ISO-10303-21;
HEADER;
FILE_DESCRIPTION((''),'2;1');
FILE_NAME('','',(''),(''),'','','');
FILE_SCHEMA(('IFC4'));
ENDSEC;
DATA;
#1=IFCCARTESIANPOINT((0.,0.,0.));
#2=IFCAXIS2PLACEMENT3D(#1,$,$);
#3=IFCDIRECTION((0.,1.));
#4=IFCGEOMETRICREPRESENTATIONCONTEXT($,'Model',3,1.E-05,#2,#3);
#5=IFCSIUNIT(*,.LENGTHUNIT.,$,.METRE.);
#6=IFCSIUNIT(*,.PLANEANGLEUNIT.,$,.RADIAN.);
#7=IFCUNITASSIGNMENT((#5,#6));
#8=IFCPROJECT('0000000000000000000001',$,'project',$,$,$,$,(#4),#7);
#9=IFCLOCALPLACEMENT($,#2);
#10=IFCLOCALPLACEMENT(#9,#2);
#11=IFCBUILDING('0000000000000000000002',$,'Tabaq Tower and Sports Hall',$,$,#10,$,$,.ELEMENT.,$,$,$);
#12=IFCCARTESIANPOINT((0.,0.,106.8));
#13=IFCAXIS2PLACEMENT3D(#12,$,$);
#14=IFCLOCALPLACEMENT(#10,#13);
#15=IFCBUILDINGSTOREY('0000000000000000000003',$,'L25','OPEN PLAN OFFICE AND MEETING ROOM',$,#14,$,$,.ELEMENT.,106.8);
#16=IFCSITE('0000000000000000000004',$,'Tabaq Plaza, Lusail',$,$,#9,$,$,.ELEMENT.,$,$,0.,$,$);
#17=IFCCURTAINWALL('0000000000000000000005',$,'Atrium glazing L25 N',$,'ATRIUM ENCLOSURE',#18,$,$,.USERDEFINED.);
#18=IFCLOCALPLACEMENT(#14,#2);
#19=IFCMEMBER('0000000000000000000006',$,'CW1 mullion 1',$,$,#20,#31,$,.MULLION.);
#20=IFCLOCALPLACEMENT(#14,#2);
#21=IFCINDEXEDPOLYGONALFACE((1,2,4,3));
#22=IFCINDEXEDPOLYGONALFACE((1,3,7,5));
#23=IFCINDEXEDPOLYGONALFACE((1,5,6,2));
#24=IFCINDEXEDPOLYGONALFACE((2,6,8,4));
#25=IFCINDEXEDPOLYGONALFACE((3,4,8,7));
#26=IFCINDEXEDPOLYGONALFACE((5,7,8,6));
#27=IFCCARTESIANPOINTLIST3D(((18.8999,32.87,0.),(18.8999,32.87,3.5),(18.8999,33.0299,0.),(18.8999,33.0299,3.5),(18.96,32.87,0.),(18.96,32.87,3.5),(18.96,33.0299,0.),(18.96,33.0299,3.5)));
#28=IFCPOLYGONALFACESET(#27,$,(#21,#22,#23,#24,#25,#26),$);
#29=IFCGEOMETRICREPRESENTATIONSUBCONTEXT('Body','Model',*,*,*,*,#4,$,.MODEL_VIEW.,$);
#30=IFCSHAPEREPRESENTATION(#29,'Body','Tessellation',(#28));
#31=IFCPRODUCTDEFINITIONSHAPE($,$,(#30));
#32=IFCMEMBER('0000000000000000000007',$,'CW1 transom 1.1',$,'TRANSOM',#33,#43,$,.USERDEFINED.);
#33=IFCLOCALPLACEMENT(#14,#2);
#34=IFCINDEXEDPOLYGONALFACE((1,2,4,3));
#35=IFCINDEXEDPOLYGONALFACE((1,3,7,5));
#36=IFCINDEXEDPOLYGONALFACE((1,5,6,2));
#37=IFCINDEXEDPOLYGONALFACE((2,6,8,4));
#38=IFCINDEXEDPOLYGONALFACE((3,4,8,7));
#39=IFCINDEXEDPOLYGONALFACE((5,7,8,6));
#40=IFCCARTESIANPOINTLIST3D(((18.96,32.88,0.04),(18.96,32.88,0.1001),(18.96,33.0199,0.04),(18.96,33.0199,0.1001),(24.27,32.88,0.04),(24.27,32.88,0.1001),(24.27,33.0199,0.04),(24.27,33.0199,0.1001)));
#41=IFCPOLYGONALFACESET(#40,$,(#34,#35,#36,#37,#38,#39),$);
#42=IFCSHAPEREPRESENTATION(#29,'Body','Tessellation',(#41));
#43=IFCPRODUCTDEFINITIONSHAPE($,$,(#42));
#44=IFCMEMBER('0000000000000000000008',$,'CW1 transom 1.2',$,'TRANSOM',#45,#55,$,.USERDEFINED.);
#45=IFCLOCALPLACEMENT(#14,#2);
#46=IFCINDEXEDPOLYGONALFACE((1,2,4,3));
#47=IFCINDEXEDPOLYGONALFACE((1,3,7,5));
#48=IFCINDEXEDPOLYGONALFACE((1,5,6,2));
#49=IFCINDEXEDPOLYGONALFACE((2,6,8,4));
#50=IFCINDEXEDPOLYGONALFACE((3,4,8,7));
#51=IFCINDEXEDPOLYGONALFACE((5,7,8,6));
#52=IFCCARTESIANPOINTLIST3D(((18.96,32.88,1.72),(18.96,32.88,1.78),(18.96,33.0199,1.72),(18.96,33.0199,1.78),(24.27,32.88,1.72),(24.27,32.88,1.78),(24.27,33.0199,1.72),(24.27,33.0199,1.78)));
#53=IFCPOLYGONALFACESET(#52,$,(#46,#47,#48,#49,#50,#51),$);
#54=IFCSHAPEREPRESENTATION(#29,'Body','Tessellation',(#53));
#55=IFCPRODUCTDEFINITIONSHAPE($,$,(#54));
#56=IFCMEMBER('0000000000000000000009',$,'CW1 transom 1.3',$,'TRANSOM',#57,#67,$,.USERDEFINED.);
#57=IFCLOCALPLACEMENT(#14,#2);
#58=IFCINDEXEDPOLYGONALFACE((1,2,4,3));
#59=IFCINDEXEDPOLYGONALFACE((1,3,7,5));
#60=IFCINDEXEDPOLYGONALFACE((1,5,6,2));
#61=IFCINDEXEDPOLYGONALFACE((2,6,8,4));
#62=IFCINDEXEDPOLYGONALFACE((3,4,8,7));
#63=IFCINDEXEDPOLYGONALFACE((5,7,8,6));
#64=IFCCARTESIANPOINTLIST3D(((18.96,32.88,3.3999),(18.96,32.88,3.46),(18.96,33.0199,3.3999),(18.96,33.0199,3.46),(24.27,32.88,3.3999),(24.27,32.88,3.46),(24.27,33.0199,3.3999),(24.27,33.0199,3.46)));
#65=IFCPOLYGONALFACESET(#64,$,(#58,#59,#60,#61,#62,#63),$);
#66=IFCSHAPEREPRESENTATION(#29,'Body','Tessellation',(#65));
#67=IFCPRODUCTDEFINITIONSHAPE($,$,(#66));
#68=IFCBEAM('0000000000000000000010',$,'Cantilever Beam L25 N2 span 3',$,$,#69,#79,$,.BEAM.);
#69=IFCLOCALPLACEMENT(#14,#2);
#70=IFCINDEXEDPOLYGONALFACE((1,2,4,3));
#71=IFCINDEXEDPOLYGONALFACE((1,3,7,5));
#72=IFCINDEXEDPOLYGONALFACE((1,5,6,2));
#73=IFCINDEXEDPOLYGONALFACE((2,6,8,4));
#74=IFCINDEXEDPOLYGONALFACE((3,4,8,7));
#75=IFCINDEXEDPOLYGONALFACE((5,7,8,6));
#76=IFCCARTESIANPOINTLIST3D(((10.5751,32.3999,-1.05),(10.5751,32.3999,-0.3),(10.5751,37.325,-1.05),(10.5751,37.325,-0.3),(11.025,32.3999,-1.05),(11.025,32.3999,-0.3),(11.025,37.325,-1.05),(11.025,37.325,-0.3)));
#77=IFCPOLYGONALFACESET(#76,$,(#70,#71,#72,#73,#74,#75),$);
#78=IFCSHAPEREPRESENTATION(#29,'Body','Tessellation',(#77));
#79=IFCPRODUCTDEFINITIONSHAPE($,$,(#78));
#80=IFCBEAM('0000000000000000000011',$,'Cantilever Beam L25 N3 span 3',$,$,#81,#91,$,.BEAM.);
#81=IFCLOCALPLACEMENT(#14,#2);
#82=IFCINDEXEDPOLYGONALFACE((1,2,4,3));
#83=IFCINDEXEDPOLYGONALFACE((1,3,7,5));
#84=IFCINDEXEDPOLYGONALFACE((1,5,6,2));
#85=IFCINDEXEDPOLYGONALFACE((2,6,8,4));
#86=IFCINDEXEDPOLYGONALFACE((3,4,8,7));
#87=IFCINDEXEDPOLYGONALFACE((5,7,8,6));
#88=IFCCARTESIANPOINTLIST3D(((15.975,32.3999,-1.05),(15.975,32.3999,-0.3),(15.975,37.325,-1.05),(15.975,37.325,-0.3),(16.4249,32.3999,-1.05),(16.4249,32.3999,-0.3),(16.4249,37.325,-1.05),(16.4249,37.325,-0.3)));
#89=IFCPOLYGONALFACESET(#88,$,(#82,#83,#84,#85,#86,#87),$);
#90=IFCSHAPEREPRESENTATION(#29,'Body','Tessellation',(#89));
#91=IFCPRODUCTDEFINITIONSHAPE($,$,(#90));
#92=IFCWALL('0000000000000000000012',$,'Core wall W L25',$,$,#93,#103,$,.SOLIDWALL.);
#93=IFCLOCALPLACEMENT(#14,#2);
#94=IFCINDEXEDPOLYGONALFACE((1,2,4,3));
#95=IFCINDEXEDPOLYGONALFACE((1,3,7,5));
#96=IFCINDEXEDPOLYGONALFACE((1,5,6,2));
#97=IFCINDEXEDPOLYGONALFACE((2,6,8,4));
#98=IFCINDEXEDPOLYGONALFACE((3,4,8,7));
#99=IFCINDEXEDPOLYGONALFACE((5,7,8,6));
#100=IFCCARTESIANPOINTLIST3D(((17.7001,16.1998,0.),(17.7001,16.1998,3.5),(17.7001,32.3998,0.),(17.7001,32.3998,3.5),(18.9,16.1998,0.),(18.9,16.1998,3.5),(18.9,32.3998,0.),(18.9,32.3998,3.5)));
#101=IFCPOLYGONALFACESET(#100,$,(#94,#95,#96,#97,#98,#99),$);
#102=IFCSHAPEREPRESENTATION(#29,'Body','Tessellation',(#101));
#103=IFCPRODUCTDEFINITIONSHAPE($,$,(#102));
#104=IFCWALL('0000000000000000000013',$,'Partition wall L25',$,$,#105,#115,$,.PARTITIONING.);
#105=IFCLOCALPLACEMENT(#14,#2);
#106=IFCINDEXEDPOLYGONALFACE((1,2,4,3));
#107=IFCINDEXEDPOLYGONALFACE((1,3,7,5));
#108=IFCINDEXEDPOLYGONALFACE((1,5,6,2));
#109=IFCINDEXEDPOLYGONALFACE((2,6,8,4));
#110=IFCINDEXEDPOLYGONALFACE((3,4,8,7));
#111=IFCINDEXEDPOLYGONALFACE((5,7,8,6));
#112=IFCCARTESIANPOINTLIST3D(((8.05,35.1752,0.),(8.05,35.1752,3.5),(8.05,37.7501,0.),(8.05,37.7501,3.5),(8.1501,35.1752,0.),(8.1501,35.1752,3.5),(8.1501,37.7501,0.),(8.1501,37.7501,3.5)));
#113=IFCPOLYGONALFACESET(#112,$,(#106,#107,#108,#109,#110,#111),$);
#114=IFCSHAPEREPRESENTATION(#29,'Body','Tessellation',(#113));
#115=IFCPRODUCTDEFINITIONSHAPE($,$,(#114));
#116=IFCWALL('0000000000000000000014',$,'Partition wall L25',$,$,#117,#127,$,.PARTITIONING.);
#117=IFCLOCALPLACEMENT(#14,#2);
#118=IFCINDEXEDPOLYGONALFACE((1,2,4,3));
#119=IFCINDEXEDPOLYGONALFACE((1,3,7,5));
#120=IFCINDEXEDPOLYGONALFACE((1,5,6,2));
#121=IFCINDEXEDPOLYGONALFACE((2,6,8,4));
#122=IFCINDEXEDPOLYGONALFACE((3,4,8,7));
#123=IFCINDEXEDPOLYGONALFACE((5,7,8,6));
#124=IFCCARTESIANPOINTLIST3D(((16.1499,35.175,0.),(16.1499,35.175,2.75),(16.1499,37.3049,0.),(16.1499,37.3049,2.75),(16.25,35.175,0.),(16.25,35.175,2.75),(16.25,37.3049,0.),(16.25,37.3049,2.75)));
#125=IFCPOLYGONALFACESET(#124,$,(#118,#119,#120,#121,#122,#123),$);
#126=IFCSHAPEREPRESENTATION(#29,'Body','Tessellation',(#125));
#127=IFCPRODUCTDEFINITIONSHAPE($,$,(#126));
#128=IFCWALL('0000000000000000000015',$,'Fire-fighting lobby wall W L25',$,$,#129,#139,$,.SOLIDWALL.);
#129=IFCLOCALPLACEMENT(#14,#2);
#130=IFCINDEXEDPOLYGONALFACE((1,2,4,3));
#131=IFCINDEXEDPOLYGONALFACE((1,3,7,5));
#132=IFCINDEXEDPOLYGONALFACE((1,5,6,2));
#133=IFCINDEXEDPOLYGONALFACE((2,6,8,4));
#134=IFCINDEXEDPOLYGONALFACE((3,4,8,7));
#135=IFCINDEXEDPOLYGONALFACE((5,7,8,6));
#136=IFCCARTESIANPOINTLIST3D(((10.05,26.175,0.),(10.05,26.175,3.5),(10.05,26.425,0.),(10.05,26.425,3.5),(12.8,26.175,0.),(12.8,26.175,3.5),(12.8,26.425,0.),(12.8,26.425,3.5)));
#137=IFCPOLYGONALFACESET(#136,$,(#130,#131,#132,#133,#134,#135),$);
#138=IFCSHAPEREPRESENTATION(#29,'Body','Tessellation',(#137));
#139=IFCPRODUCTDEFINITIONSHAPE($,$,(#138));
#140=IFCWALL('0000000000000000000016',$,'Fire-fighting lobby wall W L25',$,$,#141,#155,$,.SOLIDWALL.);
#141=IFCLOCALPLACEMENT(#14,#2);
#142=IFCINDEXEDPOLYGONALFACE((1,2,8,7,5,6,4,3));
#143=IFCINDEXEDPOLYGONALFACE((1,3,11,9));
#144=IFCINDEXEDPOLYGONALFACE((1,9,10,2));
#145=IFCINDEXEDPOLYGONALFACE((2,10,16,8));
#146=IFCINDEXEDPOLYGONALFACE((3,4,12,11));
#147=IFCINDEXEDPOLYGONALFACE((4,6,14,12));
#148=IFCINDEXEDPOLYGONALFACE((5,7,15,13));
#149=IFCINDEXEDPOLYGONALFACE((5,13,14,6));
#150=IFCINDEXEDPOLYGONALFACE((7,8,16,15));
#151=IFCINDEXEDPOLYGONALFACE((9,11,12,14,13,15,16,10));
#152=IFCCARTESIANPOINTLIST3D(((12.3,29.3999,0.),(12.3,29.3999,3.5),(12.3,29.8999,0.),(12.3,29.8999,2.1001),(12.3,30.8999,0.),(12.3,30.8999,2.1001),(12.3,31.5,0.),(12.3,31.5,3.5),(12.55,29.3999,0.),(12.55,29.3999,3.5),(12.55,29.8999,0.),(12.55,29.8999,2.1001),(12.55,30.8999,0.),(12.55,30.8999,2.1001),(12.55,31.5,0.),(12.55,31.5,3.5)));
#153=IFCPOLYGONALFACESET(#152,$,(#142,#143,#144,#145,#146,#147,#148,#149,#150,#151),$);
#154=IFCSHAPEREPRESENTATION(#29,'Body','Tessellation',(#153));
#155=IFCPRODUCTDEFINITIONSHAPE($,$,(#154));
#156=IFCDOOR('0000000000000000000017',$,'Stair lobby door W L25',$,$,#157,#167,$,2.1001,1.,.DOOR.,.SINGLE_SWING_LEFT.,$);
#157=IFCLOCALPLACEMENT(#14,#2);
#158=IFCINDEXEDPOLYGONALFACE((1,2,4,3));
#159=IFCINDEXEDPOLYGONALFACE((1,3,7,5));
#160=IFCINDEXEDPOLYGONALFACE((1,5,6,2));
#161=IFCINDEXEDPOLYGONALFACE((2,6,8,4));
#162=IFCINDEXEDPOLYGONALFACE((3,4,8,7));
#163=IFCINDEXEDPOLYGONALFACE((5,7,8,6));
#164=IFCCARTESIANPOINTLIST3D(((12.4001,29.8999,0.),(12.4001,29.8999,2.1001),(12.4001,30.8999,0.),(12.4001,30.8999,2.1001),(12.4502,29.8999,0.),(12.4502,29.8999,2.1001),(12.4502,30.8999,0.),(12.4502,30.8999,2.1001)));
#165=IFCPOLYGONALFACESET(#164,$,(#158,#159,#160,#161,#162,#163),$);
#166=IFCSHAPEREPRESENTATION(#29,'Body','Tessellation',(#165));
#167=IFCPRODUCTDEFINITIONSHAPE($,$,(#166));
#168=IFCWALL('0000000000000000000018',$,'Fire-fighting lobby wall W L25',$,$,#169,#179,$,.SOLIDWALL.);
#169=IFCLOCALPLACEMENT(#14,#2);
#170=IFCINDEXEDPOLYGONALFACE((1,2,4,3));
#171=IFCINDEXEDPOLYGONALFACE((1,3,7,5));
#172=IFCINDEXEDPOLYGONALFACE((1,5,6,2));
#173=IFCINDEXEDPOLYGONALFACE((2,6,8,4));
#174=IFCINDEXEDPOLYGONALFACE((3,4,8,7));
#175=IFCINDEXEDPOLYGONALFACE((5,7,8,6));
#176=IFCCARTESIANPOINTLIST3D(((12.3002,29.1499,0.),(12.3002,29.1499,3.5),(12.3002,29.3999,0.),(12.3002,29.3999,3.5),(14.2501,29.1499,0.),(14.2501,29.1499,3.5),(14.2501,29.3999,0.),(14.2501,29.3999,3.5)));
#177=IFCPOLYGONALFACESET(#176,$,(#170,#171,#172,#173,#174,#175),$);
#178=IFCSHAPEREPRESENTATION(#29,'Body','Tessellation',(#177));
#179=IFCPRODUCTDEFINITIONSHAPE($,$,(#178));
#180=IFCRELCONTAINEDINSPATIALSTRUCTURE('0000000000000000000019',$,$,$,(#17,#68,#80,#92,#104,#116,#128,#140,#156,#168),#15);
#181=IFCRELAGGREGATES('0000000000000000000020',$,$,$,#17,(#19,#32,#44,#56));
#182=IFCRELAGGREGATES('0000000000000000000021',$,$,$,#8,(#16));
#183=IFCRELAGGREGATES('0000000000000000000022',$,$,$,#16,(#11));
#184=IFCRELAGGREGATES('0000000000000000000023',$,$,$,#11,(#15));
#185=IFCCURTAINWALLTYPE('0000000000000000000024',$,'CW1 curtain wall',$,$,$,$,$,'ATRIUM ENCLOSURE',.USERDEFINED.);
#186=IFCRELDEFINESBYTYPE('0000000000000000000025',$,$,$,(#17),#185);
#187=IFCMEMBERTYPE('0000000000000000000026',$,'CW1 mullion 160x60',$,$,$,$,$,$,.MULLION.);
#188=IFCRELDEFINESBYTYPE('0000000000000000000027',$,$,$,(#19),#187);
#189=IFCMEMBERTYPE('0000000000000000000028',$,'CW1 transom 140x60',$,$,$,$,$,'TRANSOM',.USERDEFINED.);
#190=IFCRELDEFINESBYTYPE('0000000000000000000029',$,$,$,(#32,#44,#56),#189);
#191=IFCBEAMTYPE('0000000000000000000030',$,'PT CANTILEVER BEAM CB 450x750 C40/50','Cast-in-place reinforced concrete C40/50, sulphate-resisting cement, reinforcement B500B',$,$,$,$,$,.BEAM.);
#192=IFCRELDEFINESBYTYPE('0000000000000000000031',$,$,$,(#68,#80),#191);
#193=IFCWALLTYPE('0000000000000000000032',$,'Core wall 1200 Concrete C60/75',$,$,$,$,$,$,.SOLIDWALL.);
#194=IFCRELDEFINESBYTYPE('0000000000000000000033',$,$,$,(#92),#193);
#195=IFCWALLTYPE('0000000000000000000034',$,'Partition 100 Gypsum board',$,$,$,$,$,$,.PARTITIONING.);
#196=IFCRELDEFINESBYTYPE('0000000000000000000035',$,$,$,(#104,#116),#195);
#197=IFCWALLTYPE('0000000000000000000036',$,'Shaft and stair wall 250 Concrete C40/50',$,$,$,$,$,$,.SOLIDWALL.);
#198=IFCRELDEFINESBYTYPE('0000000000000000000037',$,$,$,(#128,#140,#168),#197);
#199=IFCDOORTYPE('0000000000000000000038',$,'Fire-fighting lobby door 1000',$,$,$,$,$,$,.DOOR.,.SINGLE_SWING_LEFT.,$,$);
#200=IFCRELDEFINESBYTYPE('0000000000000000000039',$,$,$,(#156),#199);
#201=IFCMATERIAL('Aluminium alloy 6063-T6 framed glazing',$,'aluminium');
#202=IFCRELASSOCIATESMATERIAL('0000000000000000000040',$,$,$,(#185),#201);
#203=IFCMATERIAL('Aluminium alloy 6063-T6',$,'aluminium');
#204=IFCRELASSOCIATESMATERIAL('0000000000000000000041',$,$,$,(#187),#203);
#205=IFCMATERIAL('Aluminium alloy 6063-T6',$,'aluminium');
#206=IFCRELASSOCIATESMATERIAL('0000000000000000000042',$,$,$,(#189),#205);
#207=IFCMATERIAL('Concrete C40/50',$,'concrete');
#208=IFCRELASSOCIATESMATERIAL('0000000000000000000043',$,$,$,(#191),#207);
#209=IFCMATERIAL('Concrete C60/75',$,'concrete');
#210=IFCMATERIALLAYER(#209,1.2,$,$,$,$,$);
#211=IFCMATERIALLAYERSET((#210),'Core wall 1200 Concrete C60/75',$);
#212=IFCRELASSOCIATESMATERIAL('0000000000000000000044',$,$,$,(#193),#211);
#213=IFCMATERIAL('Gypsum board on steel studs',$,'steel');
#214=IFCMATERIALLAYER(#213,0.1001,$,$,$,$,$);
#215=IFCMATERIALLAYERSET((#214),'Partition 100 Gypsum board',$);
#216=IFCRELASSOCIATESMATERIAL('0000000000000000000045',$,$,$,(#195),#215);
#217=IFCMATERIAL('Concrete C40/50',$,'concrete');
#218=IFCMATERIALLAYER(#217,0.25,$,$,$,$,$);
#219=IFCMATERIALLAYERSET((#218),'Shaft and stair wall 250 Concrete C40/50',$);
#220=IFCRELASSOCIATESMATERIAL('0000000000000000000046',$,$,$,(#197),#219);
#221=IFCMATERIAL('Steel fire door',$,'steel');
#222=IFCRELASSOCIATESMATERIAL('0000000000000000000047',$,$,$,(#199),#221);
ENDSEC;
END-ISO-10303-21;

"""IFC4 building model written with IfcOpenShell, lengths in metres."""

from ifc_helpers import new_model, si_unit, direction, frame, frame_2d, origin, origin_2d, place, context, subcontext, project, spatial, rectangle, extrude, material, layer, layer_set, material_profile, profile_set, type_object, element, fill, aggregate, save


model = new_model("IFC4")

# Units and contexts
model_context = context("Model", 3, precision=1e-05, world=origin(), true_north=direction((0.0, 1.0)))
body_context = subcontext(model_context, "Body", "Model", "MODEL_VIEW")
ifc_project = project(units=[si_unit("LENGTHUNIT", "METRE"), si_unit("PLANEANGLEUNIT", "RADIAN")], contexts=[model_context])

# Site, building, storey
site_placement = place(None, origin())
site = spatial("IfcSite", under=ifc_project, at=site_placement, Name="Tabaq Plaza, Lusail", CompositionType="ELEMENT", RefElevation=0.0)
building_placement = place(site_placement, origin())
building = spatial("IfcBuilding", under=site, at=building_placement, Name="Tabaq Tower and Sports Hall", CompositionType="ELEMENT")
storey_placement = place(building_placement, frame((0.0, 0.0, 106.8)))
storey = spatial("IfcBuildingStorey", under=building, at=storey_placement, Name="L25", Description="OPEN PLAN OFFICE AND MEETING ROOM", CompositionType="ELEMENT", Elevation=106.8)

# Curtain wall, members
ifc_material_1 = material(Name="Aluminium alloy 6063-T6 framed glazing", Category="aluminium")
curtain_wall_type = type_object("IfcCurtainWallType", Name="CW1 curtain wall", ElementType="ATRIUM ENCLOSURE", PredefinedType="USERDEFINED", material=ifc_material_1)
curtain_wall_placement = place(storey_placement, origin())
curtain_wall = element("IfcCurtainWall", 1, at=curtain_wall_placement, inside=storey, type_object=curtain_wall_type, Name="Atrium glazing L25 N", ObjectType="ATRIUM ENCLOSURE", PredefinedType="USERDEFINED")
ifc_material_2 = material(Name="Aluminium alloy 6063-T6", Category="aluminium")
ifc_material_profile_1 = material_profile(ifc_material_2, rectangle(XDim=0.1599, YDim=0.0601, at=origin_2d()), Name="MULLION 160x60")
ifc_profile_set_1 = profile_set([ifc_material_profile_1], Name="Aluminium alloy 6063-T6")
member_type_1 = type_object("IfcMemberType", Name="CW1 mullion 160x60", PredefinedType="MULLION", material=ifc_profile_set_1)
member_1_placement = place(storey_placement, frame((18.9299, 32.95, 0.0), z_axis=(0.0, 0.0, 1.0), x_axis=(0.0, 1.0, 0.0)))
member_1 = element("IfcMember", 2, at=member_1_placement, type_object=member_type_1, Name="CW1 mullion 1", PredefinedType="MULLION", context=body_context, shape_type="SweptSolid", body=[
    extrude(rectangle(XDim=0.1599, YDim=0.0601, at=origin_2d()), origin(), (0.0, 0.0, 1.0), 3.5),
])
ifc_material_3 = material(Name="Aluminium alloy 6063-T6", Category="aluminium")
ifc_material_profile_2 = material_profile(ifc_material_3, rectangle(XDim=0.1399, YDim=0.0601, at=origin_2d()), Name="TRANSOM 140x60")
ifc_profile_set_2 = profile_set([ifc_material_profile_2], Name="Aluminium alloy 6063-T6")
member_type_2 = type_object("IfcMemberType", Name="CW1 transom 140x60", ElementType="TRANSOM", PredefinedType="USERDEFINED", material=ifc_profile_set_2)
member_2_placement = place(storey_placement, frame((18.96, 32.95, 0.0701), z_axis=(1.0, 0.0, 0.0), x_axis=(0.0, 1.0, 0.0)))
member_2 = element("IfcMember", 3, at=member_2_placement, type_object=member_type_2, Name="CW1 transom 1.1", ObjectType="TRANSOM", PredefinedType="USERDEFINED", context=body_context, shape_type="SweptSolid", body=[
    extrude(rectangle(XDim=0.1399, YDim=0.0601, at=origin_2d()), origin(), (0.0, 0.0, 1.0), 5.3101),
])
member_3_placement = place(storey_placement, frame((18.96, 32.95, 1.75), z_axis=(1.0, 0.0, 0.0), x_axis=(0.0, 1.0, 0.0)))
member_3 = element("IfcMember", 4, at=member_3_placement, type_object=member_type_2, Name="CW1 transom 1.2", ObjectType="TRANSOM", PredefinedType="USERDEFINED", context=body_context, shape_type="SweptSolid", body=[
    extrude(rectangle(XDim=0.1399, YDim=0.0601, at=origin_2d()), origin(), (0.0, 0.0, 1.0), 5.3101),
])
member_4_placement = place(storey_placement, frame((18.96, 32.95, 3.4299), z_axis=(1.0, 0.0, 0.0), x_axis=(0.0, 1.0, 0.0)))
member_4 = element("IfcMember", 5, at=member_4_placement, type_object=member_type_2, Name="CW1 transom 1.3", ObjectType="TRANSOM", PredefinedType="USERDEFINED", context=body_context, shape_type="SweptSolid", body=[
    extrude(rectangle(XDim=0.1399, YDim=0.0601, at=origin_2d()), origin(), (0.0, 0.0, 1.0), 5.3101),
])
aggregate(curtain_wall, [member_1, member_2, member_3, member_4])

# Beams
ifc_material_4 = material(Name="Concrete C40/50", Category="concrete")
ifc_material_profile_3 = material_profile(ifc_material_4, rectangle(XDim=0.45, YDim=0.75, at=origin_2d()), Name="CB 450x750")
ifc_profile_set_3 = profile_set([ifc_material_profile_3], Name="Concrete C40/50")
beam_type = type_object("IfcBeamType", Name="PT CANTILEVER BEAM CB 450x750 C40/50", Description="Cast-in-place reinforced concrete C40/50, sulphate-resisting cement, reinforcement B500B", PredefinedType="BEAM", material=ifc_profile_set_3)
for number, where, z_axis, x_axis, name in (
    (6, (10.8, 37.325, -0.675), (0.0, -1.0, 0.0), (1.0, 0.0, 0.0), "Cantilever Beam L25 N2 span 3"),
    (7, (16.2, 37.325, -0.675), (0.0, -1.0, 0.0), (1.0, 0.0, 0.0), "Cantilever Beam L25 N3 span 3"),
):
    element("IfcBeam", number, at=place(storey_placement, frame(where, z_axis=z_axis, x_axis=x_axis)), inside=storey, type_object=beam_type, Name=name, PredefinedType="BEAM", context=body_context, shape_type="SweptSolid", body=[
        extrude(rectangle(XDim=0.45, YDim=0.75, at=origin_2d()), origin(), (0.0, 0.0, 1.0), 4.925),
    ])

# Wall
ifc_material_5 = material(Name="Concrete C60/75", Category="concrete")
ifc_layer_1 = layer(ifc_material_5, 1.2)
ifc_layer_set_1 = layer_set([ifc_layer_1], Name="Core wall 1200 Concrete C60/75")
wall_type_1 = type_object("IfcWallType", Name="Core wall 1200 Concrete C60/75", PredefinedType="SOLIDWALL", material=ifc_layer_set_1)
wall_1_placement = place(storey_placement, frame((18.3, 32.3999, 0.0), z_axis=(0.0, 0.0, 1.0), x_axis=(0.0, -1.0, 0.0)))
element("IfcWall", 8, at=wall_1_placement, inside=storey, type_object=wall_type_1, Name="Core wall W L25", PredefinedType="SOLIDWALL", context=body_context, shape_type="SweptSolid", body=[
    extrude(rectangle(XDim=16.2, YDim=1.2, at=frame_2d((8.1001, 0.0))), origin(), (0.0, 0.0, 1.0), 3.5),
])

# Walls
ifc_material_6 = material(Name="Gypsum board on steel studs", Category="steel")
ifc_layer_2 = layer(ifc_material_6, 0.1001)
ifc_layer_set_2 = layer_set([ifc_layer_2], Name="Partition 100 Gypsum board")
wall_type_2 = type_object("IfcWallType", Name="Partition 100 Gypsum board", PredefinedType="PARTITIONING", material=ifc_layer_set_2)
wall_2_placement = place(storey_placement, frame((8.1001, 35.175, 0.0), z_axis=(0.0, 0.0, 1.0), x_axis=(0.0, 1.0, 0.0)))
element("IfcWall", 9, at=wall_2_placement, inside=storey, type_object=wall_type_2, Name="Partition wall L25", PredefinedType="PARTITIONING", context=body_context, shape_type="SweptSolid", body=[
    extrude(rectangle(XDim=2.575, YDim=0.1001, at=frame_2d((1.2876, 0.0))), origin(), (0.0, 0.0, 1.0), 3.5),
])
wall_3_placement = place(storey_placement, frame((16.2, 35.175, 0.0), z_axis=(0.0, 0.0, 1.0), x_axis=(0.0, 1.0, 0.0)))
element("IfcWall", 10, at=wall_3_placement, inside=storey, type_object=wall_type_2, Name="Partition wall L25", PredefinedType="PARTITIONING", context=body_context, shape_type="SweptSolid", body=[
    extrude(rectangle(XDim=2.1299, YDim=0.1001, at=frame_2d((1.0649, 0.0))), origin(), (0.0, 0.0, 1.0), 2.75),
])
ifc_material_7 = material(Name="Concrete C40/50", Category="concrete")
ifc_layer_3 = layer(ifc_material_7, 0.25)
ifc_layer_set_3 = layer_set([ifc_layer_3], Name="Shaft and stair wall 250 Concrete C40/50")
wall_type_3 = type_object("IfcWallType", Name="Shaft and stair wall 250 Concrete C40/50", PredefinedType="SOLIDWALL", material=ifc_layer_set_3)
wall_4_placement = place(storey_placement, frame((10.05, 26.3, 0.0), z_axis=(0.0, 0.0, 1.0), x_axis=(1.0, 0.0, 0.0)))
element("IfcWall", 11, at=wall_4_placement, inside=storey, type_object=wall_type_3, Name="Fire-fighting lobby wall W L25", PredefinedType="SOLIDWALL", context=body_context, shape_type="SweptSolid", body=[
    extrude(rectangle(XDim=2.75, YDim=0.25, at=frame_2d((1.375, 0.0))), origin(), (0.0, 0.0, 1.0), 3.5),
])

# Wall, opening, door
wall_5_placement = place(storey_placement, frame((12.425, 29.3999, 0.0), z_axis=(0.0, 0.0, 1.0), x_axis=(0.0, 1.0, 0.0)))
wall_5 = element("IfcWall", 12, at=wall_5_placement, inside=storey, type_object=wall_type_3, Name="Fire-fighting lobby wall W L25", PredefinedType="SOLIDWALL", context=body_context, shape_type="SweptSolid", body=[
    extrude(rectangle(XDim=2.1001, YDim=0.25, at=frame_2d((1.05, 0.0))), origin(), (0.0, 0.0, 1.0), 3.5),
])
opening_1_placement = place(wall_5_placement, frame((0.5, 0.0, 0.0)))
opening_1 = element("IfcOpeningElement", 13, at=opening_1_placement, cuts=wall_5, PredefinedType="OPENING", context=body_context, shape_type="SweptSolid", body=[
    extrude(rectangle(XDim=1.0, YDim=2.1001, at=frame_2d((0.5, 1.05))), frame((0.0, 0.125, 0.0), z_axis=(0.0, -1.0, 0.0), x_axis=(1.0, 0.0, 0.0)), (0.0, 0.0, 1.0), 0.25),
])
ifc_material_8 = material(Name="Steel fire door", Category="steel")
door_type_1 = type_object("IfcDoorType", Name="Fire-fighting lobby door 1000", OperationType="SINGLE_SWING_LEFT", PredefinedType="DOOR", material=ifc_material_8)
door_1_placement = place(opening_1_placement, origin())
door_1 = element("IfcDoor", 14, at=door_1_placement, inside=storey, type_object=door_type_1, Name="Stair lobby door W L25", OperationType="SINGLE_SWING_LEFT", OverallHeight=2.1001, OverallWidth=1.0, PredefinedType="DOOR", context=body_context, shape_type="SweptSolid", body=[
    extrude(rectangle(XDim=1.0, YDim=2.1001, at=frame_2d((0.5, 1.05))), frame((0.0, 0.0249, 0.0), z_axis=(0.0, -1.0, 0.0), x_axis=(1.0, 0.0, 0.0)), (0.0, 0.0, 1.0), 0.05),
])
fill(opening_1, door_1)

# Wall
wall_6_placement = place(storey_placement, frame((12.3, 29.2749, 0.0), z_axis=(0.0, 0.0, 1.0), x_axis=(1.0, 0.0, 0.0)))
element("IfcWall", 15, at=wall_6_placement, inside=storey, type_object=wall_type_3, Name="Fire-fighting lobby wall W L25", PredefinedType="SOLIDWALL", context=body_context, shape_type="SweptSolid", body=[
    extrude(rectangle(XDim=1.95, YDim=0.25, at=frame_2d((0.9751, 0.0))), origin(), (0.0, 0.0, 1.0), 3.5),
])

save(model, "model.ifc")
